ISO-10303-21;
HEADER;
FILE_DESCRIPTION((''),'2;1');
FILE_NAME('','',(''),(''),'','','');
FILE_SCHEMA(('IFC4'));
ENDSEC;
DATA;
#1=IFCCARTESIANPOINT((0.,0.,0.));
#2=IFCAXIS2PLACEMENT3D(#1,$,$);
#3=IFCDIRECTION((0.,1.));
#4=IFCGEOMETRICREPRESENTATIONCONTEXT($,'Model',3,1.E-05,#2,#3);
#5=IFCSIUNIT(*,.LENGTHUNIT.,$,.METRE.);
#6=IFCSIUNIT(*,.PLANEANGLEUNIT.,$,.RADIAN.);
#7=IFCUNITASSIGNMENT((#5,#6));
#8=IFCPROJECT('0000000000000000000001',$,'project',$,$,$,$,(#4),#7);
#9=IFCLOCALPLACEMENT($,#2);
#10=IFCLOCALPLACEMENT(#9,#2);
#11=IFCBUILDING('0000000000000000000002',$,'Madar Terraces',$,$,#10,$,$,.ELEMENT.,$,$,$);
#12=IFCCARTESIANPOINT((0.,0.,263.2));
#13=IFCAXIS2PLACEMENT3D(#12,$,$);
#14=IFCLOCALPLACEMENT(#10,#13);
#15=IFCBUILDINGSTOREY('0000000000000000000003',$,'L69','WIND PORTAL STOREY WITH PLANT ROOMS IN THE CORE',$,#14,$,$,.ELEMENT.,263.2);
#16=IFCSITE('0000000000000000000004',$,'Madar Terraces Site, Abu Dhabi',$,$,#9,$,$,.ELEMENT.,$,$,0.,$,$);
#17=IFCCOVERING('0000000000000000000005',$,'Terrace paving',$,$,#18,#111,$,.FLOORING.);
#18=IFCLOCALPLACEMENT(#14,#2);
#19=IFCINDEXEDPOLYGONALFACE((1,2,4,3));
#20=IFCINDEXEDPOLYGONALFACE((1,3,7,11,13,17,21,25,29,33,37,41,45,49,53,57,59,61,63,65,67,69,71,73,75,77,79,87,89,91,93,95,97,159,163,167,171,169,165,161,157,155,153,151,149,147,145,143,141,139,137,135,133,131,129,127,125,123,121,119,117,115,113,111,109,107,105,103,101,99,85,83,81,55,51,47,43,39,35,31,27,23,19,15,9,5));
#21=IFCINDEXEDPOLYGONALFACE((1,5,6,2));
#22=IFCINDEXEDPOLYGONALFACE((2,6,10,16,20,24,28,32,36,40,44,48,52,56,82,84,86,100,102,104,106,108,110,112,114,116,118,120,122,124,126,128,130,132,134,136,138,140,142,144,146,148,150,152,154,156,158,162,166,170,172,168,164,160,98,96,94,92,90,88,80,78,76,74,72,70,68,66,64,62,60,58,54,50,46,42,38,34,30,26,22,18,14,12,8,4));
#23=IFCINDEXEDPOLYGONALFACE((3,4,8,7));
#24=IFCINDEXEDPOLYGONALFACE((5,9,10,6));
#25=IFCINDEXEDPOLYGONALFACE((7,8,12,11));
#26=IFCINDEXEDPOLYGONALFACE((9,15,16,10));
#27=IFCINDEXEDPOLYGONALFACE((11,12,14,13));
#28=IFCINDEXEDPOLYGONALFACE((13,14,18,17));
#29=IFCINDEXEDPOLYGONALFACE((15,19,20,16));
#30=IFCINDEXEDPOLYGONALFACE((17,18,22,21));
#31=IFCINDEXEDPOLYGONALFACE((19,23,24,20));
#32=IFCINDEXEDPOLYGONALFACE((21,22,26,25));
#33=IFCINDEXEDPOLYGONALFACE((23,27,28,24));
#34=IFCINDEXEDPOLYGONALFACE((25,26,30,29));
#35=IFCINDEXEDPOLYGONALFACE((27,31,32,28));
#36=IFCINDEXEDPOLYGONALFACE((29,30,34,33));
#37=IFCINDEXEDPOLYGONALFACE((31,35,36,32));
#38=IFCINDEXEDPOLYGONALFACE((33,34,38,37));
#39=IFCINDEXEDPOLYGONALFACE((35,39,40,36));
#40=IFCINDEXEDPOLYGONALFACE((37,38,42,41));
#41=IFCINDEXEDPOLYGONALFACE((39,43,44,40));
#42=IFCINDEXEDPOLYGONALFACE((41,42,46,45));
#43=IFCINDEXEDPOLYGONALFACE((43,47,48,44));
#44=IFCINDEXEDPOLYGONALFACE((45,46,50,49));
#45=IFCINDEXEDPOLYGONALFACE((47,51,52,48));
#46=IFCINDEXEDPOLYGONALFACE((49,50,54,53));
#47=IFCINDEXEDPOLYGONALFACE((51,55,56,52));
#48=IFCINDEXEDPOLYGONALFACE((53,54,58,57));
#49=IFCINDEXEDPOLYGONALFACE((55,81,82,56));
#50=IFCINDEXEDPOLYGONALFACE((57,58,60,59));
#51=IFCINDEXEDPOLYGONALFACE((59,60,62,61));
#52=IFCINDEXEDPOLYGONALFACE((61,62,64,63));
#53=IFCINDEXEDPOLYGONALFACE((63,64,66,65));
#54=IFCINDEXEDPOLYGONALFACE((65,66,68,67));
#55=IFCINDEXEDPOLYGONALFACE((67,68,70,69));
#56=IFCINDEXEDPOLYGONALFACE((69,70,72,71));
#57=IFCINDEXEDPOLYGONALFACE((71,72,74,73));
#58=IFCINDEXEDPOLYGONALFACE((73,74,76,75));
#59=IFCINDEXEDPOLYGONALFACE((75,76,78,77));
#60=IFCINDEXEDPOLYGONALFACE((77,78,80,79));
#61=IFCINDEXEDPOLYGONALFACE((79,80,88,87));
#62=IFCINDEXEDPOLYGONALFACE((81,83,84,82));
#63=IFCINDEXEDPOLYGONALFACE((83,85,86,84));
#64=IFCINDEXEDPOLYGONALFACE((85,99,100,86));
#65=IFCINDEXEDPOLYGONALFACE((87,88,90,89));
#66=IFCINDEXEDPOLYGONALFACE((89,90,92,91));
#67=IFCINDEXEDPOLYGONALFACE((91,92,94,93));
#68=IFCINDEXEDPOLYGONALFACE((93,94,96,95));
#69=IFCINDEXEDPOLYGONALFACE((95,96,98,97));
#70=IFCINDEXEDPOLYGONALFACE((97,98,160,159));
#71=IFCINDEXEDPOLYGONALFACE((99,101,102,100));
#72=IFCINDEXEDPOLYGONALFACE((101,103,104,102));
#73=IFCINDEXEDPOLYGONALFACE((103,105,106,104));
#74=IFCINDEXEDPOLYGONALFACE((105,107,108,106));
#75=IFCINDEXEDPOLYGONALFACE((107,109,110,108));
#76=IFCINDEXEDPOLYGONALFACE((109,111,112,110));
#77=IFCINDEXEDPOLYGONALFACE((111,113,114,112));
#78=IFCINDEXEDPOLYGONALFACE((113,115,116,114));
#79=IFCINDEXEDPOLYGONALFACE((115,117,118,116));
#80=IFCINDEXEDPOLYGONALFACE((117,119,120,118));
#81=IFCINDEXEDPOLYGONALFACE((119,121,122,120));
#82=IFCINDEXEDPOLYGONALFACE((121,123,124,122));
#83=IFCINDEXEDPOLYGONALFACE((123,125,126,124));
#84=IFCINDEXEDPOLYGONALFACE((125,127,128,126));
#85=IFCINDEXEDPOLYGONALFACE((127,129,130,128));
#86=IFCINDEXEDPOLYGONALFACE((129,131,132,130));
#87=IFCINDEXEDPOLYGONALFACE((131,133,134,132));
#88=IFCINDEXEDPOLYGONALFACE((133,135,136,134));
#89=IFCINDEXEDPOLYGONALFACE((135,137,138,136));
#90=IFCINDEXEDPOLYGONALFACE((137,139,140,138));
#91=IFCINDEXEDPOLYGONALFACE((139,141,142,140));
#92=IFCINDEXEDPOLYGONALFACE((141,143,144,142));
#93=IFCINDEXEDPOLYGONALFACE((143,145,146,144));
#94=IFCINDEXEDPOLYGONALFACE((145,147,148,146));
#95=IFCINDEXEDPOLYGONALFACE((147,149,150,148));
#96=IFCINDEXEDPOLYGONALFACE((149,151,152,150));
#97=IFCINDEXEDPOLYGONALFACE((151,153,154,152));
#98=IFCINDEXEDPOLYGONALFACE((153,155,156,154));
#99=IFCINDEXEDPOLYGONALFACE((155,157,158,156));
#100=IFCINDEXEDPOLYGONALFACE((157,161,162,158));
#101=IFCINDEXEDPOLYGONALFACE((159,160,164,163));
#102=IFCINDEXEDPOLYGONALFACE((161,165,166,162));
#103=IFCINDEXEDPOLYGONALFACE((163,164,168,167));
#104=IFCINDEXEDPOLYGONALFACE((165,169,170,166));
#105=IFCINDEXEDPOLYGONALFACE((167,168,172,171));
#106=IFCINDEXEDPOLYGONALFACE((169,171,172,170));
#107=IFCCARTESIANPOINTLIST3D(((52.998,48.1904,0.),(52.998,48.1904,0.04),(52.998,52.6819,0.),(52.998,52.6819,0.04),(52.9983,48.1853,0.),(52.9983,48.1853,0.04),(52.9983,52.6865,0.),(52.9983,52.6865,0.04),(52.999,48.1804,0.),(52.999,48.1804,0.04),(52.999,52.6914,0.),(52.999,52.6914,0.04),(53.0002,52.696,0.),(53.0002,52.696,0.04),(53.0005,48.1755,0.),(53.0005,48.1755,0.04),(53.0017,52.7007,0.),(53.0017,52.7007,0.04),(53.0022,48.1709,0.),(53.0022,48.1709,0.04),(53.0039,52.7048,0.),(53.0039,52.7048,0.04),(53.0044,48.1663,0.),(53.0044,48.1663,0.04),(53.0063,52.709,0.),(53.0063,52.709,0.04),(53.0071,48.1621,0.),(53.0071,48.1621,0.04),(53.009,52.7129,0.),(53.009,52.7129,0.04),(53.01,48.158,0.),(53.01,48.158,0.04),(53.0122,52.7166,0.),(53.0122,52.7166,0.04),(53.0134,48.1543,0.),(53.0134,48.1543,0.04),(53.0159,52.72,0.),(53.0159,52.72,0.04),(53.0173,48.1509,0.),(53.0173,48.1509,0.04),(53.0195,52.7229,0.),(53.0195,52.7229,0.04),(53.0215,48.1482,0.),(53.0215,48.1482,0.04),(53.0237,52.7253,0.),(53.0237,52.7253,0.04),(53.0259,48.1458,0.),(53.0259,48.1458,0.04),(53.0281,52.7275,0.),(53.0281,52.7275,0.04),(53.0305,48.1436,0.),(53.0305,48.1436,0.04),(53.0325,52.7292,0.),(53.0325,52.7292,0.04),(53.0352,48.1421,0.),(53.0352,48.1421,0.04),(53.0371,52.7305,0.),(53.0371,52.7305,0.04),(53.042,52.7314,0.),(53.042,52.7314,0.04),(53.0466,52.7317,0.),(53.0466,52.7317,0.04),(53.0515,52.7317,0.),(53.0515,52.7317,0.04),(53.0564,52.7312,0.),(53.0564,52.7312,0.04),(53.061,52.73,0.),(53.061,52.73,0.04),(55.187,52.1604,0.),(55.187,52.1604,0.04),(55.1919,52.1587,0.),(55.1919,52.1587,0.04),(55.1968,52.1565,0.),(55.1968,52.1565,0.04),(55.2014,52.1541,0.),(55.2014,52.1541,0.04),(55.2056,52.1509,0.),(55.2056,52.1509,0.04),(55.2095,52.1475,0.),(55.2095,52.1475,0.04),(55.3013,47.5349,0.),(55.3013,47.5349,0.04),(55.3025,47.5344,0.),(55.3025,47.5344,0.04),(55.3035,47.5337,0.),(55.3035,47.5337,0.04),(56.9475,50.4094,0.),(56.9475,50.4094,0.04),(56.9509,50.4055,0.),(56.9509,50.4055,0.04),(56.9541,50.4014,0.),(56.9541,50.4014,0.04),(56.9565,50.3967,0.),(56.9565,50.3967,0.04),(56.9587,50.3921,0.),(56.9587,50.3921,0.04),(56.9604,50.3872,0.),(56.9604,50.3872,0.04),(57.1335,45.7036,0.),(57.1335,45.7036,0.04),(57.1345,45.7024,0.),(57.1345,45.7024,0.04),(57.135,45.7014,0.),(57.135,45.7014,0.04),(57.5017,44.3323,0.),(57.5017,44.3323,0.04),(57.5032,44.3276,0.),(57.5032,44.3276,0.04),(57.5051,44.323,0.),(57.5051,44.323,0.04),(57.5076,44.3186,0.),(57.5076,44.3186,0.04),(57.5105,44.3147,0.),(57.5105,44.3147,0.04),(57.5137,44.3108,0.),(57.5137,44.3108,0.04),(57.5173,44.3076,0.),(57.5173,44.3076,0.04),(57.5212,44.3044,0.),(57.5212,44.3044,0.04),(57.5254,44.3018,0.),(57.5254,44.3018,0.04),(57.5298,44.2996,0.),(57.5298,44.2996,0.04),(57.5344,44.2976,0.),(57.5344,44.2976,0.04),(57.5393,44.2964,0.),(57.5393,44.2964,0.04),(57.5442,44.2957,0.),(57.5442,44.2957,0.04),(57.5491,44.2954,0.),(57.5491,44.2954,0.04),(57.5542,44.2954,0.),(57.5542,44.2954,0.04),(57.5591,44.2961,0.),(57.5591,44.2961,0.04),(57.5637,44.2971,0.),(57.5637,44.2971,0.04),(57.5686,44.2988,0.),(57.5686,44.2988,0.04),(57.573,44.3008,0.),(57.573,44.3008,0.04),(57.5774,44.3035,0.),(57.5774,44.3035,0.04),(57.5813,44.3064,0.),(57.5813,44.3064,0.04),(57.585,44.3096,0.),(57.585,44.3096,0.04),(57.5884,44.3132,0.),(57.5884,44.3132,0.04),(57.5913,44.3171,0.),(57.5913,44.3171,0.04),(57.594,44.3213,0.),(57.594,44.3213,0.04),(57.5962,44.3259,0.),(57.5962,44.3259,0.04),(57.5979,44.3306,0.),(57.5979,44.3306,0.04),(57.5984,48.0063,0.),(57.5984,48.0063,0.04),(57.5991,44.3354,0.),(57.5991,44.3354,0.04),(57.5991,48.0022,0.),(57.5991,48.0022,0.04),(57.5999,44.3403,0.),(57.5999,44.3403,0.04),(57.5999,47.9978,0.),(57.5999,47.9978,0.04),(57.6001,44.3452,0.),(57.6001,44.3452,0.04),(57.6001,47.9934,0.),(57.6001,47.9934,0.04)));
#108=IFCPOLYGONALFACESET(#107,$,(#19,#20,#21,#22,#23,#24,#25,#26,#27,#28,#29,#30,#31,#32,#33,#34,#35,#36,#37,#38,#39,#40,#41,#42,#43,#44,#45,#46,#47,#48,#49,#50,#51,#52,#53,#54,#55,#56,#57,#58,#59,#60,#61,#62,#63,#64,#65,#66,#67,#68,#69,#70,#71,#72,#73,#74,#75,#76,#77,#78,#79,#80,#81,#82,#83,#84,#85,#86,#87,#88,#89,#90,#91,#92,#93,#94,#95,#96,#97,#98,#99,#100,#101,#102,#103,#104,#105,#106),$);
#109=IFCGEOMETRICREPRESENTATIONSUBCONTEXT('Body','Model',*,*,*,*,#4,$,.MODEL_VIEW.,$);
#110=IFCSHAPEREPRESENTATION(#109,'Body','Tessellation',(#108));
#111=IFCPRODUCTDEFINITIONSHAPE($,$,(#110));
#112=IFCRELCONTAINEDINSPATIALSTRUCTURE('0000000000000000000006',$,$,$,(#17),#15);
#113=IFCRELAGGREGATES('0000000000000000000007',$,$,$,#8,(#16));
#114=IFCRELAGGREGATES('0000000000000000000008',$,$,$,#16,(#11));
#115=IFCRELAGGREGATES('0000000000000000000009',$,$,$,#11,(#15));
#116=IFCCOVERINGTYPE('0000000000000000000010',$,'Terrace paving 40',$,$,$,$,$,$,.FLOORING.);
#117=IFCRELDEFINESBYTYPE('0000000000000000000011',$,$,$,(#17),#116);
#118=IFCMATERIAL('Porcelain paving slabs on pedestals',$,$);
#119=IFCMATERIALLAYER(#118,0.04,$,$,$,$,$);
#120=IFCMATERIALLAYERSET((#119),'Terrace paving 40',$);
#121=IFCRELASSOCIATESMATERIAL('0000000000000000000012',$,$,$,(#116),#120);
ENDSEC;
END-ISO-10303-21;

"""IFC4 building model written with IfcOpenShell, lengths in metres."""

from ifc_helpers import new_model, si_unit, direction, frame, origin, place, context, subcontext, project, spatial, polyline, outline, extrude, material, layer, layer_set, type_object, element, save


model = new_model("IFC4")

# Units and contexts
model_context = context("Model", 3, precision=1e-05, world=origin(), true_north=direction((0.0, 1.0)))
body_context = subcontext(model_context, "Body", "Model", "MODEL_VIEW")
ifc_project = project(units=[si_unit("LENGTHUNIT", "METRE"), si_unit("PLANEANGLEUNIT", "RADIAN")], contexts=[model_context])

# Site, building, storey
site_placement = place(None, origin())
site = spatial("IfcSite", under=ifc_project, at=site_placement, Name="Madar Terraces Site, Abu Dhabi", CompositionType="ELEMENT", RefElevation=0.0)
building_placement = place(site_placement, origin())
building = spatial("IfcBuilding", under=site, at=building_placement, Name="Madar Terraces", CompositionType="ELEMENT")
storey_placement = place(building_placement, frame((0.0, 0.0, 263.2)))
storey = spatial("IfcBuildingStorey", under=building, at=storey_placement, Name="L69", Description="WIND PORTAL STOREY WITH PLANT ROOMS IN THE CORE", CompositionType="ELEMENT", Elevation=263.2)

# Covering
ifc_material_1 = material(Name="Porcelain paving slabs on pedestals")
ifc_layer_1 = layer(ifc_material_1, 0.04)
ifc_layer_set_1 = layer_set([ifc_layer_1], Name="Terrace paving 40")
covering_type = type_object("IfcCoveringType", Name="Terrace paving 40", PredefinedType="FLOORING", material=ifc_layer_set_1)
covering_1_placement = place(storey_placement, origin())
element("IfcCovering", 1, at=covering_1_placement, inside=storey, type_object=covering_type, Name="Terrace paving", PredefinedType="FLOORING", context=body_context, shape_type="SweptSolid", body=[
    extrude(outline(polyline([(55.1968, 52.1565), (55.2014, 52.1541), (55.2056, 52.1509), (55.2095, 52.1475), (56.9475, 50.4094), (56.9509, 50.4055), (56.9541, 50.4014), (56.9565, 50.3967), (56.9587, 50.3921), (56.9604, 50.3872), (57.5984, 48.0063), (57.5991, 48.0022), (57.5999, 47.9978), (57.6001, 47.9934), (57.6001, 44.3452), (57.5999, 44.3403), (57.5991, 44.3354), (57.5979, 44.3306), (57.5962, 44.3259), (57.594, 44.3213), (57.5913, 44.3171), (57.5884, 44.3132), (57.585, 44.3096), (57.5813, 44.3064), (57.5774, 44.3035), (57.573, 44.3008), (57.5686, 44.2988), (57.5637, 44.2971), (57.5591, 44.2961), (57.5542, 44.2954), (57.5491, 44.2954), (57.5442, 44.2957), (57.5393, 44.2964), (57.5344, 44.2976), (57.5298, 44.2996), (57.5254, 44.3018), (57.5212, 44.3044), (57.5173, 44.3076), (57.5137, 44.3108), (57.5105, 44.3147), (57.5076, 44.3186), (57.5051, 44.323), (57.5032, 44.3276), (57.5017, 44.3323), (57.135, 45.7014), (57.1345, 45.7024), (57.1335, 45.7036), (55.3035, 47.5337), (55.3025, 47.5344), (55.3013, 47.5349), (53.0352, 48.1421), (53.0305, 48.1436), (53.0259, 48.1458), (53.0215, 48.1482), (53.0173, 48.1509), (53.0134, 48.1543), (53.01, 48.158), (53.0071, 48.1621), (53.0044, 48.1663), (53.0022, 48.1709), (53.0005, 48.1755), (52.999, 48.1804), (52.9983, 48.1853), (52.998, 48.1904), (52.998, 52.6819), (52.9983, 52.6865), (52.999, 52.6914), (53.0002, 52.696), (53.0017, 52.7007), (53.0039, 52.7048), (53.0063, 52.709), (53.009, 52.7129), (53.0122, 52.7166), (53.0159, 52.72), (53.0195, 52.7229), (53.0237, 52.7253), (53.0281, 52.7275), (53.0325, 52.7292), (53.0371, 52.7305), (53.042, 52.7314), (53.0466, 52.7317), (53.0515, 52.7317), (53.0564, 52.7312), (53.061, 52.73), (55.187, 52.1604), (55.1919, 52.1587), (55.1968, 52.1565)])), origin(), (0.0, 0.0, 1.0), 0.04),
])

save(model, "model.ifc")
